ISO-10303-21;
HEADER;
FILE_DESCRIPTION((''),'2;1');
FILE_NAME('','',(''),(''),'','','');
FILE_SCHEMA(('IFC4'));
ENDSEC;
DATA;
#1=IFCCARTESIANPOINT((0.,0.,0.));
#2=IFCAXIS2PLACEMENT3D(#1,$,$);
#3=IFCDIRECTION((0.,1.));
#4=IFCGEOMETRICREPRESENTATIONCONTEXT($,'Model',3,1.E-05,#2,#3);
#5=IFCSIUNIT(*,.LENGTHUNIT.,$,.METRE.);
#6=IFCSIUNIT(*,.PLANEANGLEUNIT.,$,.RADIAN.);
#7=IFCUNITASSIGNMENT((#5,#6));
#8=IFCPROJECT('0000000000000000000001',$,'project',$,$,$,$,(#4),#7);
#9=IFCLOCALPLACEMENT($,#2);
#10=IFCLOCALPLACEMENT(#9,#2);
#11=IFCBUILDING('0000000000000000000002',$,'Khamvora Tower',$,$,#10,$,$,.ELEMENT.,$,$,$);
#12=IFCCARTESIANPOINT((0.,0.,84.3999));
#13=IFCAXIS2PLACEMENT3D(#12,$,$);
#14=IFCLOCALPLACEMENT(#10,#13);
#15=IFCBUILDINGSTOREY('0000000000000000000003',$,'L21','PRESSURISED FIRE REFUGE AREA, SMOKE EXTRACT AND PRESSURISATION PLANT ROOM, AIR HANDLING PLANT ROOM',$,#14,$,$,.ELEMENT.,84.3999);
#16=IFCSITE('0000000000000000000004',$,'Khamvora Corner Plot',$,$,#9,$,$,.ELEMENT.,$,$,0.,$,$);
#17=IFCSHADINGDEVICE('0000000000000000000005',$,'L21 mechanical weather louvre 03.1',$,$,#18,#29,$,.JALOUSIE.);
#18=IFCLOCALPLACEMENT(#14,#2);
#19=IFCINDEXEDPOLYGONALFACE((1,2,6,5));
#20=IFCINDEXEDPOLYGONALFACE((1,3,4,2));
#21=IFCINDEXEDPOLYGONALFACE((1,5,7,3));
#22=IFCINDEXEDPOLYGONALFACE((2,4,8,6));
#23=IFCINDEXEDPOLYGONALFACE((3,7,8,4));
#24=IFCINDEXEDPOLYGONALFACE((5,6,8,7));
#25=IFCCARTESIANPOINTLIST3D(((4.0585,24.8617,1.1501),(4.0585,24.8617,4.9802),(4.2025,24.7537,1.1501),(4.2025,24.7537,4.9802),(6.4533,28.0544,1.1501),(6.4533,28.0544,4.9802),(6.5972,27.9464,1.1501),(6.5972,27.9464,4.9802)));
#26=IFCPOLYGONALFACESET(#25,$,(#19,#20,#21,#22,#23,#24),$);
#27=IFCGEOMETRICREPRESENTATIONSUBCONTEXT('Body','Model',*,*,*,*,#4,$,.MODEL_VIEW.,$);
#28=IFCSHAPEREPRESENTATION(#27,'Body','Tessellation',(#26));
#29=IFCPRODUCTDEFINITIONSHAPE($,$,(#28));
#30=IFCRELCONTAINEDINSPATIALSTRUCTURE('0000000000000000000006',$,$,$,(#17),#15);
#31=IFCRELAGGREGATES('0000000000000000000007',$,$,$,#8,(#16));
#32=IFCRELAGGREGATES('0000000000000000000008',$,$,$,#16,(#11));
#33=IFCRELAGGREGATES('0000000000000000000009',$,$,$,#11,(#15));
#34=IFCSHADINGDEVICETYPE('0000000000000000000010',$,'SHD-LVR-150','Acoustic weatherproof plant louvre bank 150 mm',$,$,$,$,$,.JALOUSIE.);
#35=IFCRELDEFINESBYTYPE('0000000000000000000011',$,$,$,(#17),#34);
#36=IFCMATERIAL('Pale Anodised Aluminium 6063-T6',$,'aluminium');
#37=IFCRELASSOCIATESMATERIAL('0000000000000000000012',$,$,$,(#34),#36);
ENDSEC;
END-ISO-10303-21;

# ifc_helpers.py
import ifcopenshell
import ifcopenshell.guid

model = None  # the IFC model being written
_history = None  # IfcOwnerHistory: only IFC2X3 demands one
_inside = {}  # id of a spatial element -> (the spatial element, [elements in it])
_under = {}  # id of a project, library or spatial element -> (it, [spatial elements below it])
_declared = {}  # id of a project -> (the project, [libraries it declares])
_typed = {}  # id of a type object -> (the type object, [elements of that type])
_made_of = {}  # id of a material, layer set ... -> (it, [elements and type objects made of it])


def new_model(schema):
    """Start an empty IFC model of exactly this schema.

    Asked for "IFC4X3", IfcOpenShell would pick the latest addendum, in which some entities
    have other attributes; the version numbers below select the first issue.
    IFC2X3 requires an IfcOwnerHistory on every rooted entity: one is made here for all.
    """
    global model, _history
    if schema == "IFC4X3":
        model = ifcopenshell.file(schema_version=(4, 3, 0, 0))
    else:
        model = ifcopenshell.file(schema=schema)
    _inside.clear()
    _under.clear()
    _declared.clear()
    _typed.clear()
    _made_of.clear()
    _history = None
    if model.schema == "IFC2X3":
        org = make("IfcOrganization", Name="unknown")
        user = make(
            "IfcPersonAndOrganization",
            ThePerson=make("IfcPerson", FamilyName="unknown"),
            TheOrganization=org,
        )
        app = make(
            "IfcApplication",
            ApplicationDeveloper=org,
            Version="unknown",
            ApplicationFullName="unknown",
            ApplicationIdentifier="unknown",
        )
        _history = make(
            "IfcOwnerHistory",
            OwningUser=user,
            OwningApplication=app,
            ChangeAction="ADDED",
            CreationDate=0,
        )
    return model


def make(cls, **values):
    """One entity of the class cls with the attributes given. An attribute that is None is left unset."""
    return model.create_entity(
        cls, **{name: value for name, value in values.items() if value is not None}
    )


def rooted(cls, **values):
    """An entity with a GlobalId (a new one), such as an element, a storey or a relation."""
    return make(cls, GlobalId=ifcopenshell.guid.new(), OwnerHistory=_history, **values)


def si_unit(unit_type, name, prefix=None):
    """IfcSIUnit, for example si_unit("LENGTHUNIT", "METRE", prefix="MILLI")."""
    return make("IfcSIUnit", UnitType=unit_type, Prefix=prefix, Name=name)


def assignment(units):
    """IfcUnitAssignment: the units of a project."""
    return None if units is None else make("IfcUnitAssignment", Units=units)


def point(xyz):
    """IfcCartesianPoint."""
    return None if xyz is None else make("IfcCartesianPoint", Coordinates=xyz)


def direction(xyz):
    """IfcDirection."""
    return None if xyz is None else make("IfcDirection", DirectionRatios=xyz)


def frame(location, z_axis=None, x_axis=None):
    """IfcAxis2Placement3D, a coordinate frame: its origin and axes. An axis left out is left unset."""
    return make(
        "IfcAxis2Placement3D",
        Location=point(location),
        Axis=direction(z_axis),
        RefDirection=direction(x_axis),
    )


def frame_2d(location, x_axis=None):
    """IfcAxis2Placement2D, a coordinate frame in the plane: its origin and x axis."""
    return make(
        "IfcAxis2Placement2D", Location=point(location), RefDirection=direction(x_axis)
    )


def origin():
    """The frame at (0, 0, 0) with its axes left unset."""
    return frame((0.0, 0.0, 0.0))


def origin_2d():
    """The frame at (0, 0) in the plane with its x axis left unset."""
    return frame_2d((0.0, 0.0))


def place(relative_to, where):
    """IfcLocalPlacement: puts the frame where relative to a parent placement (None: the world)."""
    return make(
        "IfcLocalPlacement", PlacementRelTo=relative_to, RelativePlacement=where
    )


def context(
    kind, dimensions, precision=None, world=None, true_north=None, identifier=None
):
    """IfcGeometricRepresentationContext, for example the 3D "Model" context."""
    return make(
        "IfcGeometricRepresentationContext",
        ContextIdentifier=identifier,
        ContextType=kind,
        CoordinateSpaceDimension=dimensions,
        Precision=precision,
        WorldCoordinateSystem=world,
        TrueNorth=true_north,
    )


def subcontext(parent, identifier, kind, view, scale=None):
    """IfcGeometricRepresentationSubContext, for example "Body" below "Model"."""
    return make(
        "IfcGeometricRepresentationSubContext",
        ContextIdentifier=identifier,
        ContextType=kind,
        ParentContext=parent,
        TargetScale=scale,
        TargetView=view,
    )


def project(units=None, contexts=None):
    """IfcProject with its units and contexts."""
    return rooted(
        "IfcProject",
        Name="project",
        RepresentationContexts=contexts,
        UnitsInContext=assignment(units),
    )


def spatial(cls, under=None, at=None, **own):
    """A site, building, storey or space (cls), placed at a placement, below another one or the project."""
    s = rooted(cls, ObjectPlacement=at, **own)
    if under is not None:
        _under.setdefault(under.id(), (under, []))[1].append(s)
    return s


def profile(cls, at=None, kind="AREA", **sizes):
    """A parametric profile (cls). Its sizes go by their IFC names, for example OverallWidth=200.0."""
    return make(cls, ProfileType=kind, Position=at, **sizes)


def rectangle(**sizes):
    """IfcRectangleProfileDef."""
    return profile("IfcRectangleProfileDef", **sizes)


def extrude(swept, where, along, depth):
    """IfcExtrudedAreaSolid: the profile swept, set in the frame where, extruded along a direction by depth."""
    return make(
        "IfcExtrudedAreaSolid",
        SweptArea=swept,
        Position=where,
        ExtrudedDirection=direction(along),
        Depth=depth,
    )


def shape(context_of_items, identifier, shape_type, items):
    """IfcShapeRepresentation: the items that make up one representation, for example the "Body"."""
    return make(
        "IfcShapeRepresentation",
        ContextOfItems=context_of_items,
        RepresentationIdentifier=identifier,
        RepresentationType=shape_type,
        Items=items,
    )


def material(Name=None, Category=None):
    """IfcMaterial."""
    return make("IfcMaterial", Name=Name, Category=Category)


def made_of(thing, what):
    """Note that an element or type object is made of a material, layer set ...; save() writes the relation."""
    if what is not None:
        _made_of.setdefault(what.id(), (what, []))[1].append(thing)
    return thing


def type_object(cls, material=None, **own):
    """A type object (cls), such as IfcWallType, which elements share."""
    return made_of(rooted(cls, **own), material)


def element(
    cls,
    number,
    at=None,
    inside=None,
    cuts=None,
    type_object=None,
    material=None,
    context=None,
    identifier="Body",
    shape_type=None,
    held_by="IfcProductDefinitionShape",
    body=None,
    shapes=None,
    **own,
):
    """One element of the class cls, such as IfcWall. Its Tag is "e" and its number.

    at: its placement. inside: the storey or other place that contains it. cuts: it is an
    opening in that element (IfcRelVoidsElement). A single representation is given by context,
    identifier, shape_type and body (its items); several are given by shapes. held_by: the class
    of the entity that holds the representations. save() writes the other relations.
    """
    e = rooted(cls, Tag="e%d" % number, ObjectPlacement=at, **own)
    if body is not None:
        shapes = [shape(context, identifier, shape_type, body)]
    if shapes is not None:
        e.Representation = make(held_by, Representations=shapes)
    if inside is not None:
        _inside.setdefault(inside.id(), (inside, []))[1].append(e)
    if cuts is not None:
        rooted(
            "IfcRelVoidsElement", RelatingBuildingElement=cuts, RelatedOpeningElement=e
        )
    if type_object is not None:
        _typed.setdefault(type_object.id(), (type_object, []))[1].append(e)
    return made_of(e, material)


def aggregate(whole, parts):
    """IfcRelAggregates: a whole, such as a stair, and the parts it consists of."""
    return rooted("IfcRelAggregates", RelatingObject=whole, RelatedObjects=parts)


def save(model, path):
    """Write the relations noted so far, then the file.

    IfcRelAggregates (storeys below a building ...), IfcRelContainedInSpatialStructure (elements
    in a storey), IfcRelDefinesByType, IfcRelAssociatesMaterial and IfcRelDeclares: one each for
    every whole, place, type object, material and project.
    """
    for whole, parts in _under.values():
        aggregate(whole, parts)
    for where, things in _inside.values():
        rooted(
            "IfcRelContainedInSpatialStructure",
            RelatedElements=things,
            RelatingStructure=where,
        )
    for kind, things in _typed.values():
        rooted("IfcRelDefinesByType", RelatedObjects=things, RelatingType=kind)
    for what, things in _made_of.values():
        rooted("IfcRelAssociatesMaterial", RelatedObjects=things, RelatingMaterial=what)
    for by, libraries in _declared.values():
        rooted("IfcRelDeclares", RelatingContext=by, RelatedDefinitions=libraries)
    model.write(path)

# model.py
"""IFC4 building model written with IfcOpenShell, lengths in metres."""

from ifc_helpers import new_model, si_unit, direction, frame, origin, origin_2d, place, context, subcontext, project, spatial, rectangle, extrude, material, type_object, element, save


model = new_model("IFC4")

# Units and contexts
model_context = context("Model", 3, precision=1e-05, world=origin(), true_north=direction((0.0, 1.0)))
body_context = subcontext(model_context, "Body", "Model", "MODEL_VIEW")
ifc_project = project(units=[si_unit("LENGTHUNIT", "METRE"), si_unit("PLANEANGLEUNIT", "RADIAN")], contexts=[model_context])

# Site, building, storey
site_placement = place(None, origin())
site = spatial("IfcSite", under=ifc_project, at=site_placement, Name="Khamvora Corner Plot", CompositionType="ELEMENT", RefElevation=0.0)
building_placement = place(site_placement, origin())
building = spatial("IfcBuilding", under=site, at=building_placement, Name="Khamvora Tower", CompositionType="ELEMENT")
storey_placement = place(building_placement, frame((0.0, 0.0, 84.3999)))
storey = spatial("IfcBuildingStorey", under=building, at=storey_placement, Name="L21", Description="PRESSURISED FIRE REFUGE AREA, SMOKE EXTRACT AND PRESSURISATION PLANT ROOM, AIR HANDLING PLANT ROOM", CompositionType="ELEMENT", Elevation=84.3999)

# Shading device
ifc_material_1 = material(Name="Pale Anodised Aluminium 6063-T6", Category="aluminium")
shading_device_type = type_object("IfcShadingDeviceType", Name="SHD-LVR-150", Description="Acoustic weatherproof plant louvre bank 150 mm", PredefinedType="JALOUSIE", material=ifc_material_1)
shading_device_placement = place(storey_placement, frame((5.3279, 26.4041, 1.1501), z_axis=(0.0, 0.0, 1.0), x_axis=(0.60004, 0.79997, 0.0)))
element("IfcShadingDevice", 1, at=shading_device_placement, inside=storey, type_object=shading_device_type, Name="L21 mechanical weather louvre 03.1", PredefinedType="JALOUSIE", context=body_context, shape_type="SweptSolid", body=[
    extrude(rectangle(XDim=3.991, YDim=0.1799, at=origin_2d()), origin(), (0.0, 0.0, 1.0), 3.8301),
])

save(model, "model.ifc")
